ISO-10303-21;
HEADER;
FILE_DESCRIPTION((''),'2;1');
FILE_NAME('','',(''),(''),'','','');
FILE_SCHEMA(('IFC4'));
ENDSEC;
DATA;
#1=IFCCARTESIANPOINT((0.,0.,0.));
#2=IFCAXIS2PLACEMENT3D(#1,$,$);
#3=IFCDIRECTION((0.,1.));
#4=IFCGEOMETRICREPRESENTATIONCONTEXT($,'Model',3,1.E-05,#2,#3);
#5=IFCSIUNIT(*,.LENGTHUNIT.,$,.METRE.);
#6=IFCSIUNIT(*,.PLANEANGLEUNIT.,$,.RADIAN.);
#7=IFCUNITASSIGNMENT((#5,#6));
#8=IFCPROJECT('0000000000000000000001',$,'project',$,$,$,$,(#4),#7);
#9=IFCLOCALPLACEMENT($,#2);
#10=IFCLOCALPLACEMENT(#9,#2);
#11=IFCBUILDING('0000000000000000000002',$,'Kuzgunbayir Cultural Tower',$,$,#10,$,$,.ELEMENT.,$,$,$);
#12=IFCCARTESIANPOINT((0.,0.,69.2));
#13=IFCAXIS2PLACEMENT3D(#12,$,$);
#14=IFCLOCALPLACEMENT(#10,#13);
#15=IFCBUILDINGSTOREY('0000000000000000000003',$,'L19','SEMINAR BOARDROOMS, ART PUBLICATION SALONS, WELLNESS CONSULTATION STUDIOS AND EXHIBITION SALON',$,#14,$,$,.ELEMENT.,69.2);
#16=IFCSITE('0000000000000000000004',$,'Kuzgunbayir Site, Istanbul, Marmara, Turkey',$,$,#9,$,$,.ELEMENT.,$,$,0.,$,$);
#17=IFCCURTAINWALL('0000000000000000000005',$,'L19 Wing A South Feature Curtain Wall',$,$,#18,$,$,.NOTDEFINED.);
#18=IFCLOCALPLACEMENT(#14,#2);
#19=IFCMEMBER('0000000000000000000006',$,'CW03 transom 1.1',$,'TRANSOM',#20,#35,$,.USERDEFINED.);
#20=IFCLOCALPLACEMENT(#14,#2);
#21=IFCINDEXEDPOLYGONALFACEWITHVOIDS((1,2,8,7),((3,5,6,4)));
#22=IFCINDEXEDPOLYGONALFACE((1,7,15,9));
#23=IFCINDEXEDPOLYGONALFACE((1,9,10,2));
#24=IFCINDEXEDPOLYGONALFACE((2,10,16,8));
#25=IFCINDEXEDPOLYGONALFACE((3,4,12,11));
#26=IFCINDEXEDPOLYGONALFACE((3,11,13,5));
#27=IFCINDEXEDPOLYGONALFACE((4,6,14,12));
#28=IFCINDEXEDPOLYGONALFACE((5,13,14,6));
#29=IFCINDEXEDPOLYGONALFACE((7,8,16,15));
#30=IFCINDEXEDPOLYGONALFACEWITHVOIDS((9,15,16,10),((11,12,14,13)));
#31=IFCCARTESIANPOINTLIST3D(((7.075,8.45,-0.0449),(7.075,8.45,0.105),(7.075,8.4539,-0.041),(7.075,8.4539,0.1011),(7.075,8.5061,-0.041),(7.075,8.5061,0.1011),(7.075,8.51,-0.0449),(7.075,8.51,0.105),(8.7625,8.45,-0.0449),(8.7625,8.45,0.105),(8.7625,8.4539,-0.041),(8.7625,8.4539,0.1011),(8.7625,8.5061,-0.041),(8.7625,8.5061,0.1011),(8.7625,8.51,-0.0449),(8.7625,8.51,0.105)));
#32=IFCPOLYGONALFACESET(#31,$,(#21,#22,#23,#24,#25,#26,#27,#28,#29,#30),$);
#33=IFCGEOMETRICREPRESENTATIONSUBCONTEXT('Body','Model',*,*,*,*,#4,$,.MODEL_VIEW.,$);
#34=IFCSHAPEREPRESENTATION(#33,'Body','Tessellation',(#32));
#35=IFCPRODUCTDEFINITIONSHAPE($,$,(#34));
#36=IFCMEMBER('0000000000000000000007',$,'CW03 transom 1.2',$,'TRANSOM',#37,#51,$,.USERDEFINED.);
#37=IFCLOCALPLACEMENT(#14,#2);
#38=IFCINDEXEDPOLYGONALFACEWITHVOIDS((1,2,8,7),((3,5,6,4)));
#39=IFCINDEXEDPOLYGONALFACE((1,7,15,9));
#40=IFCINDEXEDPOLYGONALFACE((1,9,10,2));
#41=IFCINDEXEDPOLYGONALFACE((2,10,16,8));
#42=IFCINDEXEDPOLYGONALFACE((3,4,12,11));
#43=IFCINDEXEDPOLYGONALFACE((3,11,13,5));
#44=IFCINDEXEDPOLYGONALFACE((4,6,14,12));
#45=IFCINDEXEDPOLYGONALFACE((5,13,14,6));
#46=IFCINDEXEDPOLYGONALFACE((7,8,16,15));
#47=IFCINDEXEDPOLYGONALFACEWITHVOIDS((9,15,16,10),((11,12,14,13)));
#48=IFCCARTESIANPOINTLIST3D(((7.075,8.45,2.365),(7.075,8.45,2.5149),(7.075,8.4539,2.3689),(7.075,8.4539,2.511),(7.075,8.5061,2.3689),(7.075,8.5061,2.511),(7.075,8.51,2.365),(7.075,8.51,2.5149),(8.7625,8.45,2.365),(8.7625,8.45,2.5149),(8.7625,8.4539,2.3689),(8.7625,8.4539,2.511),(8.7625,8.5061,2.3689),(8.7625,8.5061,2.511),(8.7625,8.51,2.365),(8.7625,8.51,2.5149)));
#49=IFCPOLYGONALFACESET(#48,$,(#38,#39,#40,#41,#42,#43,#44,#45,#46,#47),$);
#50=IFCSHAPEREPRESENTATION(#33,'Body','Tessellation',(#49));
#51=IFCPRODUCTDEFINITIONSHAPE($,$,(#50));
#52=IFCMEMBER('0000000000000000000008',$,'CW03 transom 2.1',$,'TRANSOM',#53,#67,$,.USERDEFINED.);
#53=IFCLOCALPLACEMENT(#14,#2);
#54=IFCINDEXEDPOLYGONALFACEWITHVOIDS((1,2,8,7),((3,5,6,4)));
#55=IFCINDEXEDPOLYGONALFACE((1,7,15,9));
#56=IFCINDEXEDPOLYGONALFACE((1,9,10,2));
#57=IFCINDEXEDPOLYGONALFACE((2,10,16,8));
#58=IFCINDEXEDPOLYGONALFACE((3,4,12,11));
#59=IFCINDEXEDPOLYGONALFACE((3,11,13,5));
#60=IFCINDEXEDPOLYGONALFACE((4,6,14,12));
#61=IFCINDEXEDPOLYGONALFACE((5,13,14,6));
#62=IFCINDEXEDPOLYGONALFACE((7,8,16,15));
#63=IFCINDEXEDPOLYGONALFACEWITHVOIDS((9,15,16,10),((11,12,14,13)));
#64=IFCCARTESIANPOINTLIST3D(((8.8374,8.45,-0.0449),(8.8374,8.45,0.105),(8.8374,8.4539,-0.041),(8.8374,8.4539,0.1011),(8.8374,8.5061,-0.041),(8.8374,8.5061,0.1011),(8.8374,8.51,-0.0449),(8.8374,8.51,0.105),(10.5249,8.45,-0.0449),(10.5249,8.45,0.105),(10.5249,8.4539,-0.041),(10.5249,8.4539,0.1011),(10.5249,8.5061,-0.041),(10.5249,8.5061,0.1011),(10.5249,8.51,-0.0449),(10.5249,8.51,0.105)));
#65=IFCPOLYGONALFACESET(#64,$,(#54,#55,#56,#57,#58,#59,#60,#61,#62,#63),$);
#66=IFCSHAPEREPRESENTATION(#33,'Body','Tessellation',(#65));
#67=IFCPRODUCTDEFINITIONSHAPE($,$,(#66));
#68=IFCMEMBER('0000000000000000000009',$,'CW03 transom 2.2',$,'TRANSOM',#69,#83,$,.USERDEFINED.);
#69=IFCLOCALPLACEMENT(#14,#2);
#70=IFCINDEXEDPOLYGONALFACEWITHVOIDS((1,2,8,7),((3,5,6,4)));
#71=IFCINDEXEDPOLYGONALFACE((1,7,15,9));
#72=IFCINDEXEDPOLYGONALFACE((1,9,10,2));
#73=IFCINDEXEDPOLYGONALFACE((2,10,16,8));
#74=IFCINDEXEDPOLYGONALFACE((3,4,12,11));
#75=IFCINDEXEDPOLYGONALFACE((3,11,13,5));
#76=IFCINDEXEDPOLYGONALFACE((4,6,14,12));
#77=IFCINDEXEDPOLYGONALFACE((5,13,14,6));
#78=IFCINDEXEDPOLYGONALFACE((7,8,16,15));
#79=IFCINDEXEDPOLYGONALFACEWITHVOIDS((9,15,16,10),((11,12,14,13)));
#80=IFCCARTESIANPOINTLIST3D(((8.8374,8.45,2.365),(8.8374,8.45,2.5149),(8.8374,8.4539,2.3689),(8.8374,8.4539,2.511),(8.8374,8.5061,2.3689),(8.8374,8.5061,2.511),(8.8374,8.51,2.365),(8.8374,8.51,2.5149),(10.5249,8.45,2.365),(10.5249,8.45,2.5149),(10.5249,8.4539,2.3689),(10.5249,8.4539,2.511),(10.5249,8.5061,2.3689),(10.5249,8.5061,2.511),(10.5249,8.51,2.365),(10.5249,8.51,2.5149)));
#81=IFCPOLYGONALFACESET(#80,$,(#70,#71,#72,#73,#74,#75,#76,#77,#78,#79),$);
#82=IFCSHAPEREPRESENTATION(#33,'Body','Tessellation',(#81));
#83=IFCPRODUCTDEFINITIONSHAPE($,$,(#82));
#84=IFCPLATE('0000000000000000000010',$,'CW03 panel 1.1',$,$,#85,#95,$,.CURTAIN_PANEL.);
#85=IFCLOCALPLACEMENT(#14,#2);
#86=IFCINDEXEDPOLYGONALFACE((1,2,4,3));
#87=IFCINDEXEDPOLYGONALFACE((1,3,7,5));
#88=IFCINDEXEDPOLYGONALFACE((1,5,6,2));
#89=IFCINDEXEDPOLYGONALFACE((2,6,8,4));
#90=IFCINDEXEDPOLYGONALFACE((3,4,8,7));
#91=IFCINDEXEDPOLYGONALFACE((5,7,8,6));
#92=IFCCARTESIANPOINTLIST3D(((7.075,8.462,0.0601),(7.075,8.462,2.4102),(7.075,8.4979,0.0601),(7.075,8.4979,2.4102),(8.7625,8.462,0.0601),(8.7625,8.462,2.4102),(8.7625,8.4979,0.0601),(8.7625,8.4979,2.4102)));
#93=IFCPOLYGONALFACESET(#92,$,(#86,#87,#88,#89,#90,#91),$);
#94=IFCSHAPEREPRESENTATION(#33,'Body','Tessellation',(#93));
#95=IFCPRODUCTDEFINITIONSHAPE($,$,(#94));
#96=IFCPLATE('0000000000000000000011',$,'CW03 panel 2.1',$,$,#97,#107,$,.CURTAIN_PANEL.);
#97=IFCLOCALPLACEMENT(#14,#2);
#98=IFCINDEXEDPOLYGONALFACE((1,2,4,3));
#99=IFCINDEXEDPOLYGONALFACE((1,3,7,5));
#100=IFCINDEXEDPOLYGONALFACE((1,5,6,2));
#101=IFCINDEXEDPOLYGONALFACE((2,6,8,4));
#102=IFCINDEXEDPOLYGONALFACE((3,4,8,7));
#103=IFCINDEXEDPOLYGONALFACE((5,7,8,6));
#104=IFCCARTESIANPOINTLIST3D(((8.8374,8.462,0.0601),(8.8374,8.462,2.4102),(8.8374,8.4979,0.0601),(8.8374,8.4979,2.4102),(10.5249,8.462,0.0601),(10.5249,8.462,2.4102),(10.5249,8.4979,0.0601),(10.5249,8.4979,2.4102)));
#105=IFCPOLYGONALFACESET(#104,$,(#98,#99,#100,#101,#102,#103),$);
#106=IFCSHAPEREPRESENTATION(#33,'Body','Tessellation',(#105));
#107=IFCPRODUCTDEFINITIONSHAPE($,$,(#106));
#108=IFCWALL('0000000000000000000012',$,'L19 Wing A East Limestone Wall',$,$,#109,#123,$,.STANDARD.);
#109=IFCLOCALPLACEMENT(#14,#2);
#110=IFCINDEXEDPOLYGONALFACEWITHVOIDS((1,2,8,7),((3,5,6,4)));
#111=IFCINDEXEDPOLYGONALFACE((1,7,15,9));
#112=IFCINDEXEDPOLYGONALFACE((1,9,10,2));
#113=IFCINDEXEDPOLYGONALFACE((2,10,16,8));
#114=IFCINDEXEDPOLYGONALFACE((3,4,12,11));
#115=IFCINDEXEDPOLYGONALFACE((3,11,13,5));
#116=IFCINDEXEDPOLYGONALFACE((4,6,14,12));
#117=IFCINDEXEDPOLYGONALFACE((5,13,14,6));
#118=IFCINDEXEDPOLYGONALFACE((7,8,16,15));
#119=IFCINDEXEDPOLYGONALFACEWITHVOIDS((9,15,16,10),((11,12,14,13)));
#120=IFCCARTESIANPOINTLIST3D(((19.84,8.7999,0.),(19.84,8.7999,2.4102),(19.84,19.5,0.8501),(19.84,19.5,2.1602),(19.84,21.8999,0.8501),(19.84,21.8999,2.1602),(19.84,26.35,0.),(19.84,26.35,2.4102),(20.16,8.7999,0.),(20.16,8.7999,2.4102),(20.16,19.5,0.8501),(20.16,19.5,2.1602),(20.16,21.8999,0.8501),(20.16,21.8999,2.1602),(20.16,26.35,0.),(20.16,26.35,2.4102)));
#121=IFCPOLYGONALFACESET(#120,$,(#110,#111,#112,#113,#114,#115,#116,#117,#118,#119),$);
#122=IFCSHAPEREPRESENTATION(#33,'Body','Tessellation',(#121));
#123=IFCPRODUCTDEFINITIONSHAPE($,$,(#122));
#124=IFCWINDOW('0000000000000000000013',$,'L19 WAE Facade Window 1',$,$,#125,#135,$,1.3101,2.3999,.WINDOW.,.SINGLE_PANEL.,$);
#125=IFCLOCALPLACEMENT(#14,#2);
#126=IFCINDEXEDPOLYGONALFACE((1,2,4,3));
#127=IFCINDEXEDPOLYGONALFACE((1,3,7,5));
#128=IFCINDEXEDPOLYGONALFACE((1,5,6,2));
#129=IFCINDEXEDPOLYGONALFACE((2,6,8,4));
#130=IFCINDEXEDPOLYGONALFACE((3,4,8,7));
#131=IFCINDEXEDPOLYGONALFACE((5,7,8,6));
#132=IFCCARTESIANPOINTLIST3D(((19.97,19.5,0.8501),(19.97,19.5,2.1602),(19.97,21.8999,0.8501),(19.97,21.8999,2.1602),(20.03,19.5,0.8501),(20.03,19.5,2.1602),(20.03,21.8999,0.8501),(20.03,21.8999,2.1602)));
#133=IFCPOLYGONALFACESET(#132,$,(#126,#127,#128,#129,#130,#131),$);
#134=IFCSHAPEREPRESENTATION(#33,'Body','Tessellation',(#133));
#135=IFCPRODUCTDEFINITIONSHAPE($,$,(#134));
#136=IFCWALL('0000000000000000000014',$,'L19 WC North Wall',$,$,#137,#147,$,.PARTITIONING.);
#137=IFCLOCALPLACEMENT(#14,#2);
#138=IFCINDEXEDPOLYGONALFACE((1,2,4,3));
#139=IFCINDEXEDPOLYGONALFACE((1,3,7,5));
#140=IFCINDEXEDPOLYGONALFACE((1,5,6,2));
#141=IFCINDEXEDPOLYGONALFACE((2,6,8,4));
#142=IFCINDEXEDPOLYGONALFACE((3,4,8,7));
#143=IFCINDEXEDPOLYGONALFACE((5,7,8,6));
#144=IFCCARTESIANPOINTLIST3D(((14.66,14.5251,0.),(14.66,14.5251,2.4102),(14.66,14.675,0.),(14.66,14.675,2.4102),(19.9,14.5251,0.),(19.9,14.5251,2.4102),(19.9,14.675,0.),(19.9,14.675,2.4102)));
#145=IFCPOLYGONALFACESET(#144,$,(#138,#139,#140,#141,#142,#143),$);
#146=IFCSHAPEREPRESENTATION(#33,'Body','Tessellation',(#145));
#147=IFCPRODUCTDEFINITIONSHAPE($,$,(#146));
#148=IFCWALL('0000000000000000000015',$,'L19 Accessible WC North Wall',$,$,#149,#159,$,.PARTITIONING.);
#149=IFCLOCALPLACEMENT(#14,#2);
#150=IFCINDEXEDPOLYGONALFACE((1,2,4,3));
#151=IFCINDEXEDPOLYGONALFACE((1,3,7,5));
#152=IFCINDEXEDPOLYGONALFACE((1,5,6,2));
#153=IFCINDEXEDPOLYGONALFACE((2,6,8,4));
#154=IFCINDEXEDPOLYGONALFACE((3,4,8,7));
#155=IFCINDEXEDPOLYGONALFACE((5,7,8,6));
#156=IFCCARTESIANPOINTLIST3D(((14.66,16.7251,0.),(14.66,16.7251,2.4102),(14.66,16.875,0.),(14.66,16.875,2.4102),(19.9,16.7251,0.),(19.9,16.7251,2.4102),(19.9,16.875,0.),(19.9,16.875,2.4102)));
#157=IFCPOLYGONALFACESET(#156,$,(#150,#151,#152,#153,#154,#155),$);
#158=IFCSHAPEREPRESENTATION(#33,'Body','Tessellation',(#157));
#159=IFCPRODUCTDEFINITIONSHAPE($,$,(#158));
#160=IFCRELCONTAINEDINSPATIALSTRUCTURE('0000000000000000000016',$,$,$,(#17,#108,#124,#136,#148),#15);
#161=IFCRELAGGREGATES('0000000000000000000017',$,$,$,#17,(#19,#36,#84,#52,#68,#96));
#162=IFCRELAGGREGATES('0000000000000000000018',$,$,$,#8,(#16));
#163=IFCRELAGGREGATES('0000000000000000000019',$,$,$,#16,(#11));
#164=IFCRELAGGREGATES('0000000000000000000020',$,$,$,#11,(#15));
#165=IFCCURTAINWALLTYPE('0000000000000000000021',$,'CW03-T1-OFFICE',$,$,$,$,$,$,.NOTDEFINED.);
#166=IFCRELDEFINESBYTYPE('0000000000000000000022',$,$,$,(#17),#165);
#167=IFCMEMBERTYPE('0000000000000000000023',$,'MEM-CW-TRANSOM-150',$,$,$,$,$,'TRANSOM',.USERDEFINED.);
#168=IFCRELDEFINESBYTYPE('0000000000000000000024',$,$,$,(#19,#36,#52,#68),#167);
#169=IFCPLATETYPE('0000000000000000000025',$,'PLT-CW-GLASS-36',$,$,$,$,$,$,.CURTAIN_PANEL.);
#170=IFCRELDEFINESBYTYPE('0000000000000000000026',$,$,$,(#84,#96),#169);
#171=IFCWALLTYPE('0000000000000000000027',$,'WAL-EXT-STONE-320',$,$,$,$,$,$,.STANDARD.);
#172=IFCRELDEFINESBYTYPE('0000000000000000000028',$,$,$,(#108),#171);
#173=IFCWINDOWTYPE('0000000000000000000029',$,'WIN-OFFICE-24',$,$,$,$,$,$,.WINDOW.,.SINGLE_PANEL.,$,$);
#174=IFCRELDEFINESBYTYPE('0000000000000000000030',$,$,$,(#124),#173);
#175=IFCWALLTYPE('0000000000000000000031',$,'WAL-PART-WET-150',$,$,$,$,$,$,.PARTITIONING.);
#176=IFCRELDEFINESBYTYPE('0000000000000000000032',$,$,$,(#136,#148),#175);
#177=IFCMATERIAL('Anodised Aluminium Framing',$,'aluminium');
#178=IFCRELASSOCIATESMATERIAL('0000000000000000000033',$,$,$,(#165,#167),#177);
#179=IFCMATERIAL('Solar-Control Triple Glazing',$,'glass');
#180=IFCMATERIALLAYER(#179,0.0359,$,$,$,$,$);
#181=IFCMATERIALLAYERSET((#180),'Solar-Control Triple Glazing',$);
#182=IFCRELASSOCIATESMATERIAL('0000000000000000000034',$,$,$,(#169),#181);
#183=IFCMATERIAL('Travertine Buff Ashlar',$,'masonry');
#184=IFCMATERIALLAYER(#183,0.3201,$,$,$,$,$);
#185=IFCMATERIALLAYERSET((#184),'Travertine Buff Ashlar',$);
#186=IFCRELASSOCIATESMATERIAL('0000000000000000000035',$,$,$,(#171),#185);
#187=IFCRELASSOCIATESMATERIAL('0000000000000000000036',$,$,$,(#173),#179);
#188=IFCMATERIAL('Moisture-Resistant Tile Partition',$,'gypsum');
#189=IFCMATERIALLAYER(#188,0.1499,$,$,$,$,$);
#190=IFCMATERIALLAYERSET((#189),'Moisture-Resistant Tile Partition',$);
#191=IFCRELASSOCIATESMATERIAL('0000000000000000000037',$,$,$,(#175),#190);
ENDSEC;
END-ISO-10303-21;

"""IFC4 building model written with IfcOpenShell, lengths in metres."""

from ifc_helpers import new_model, si_unit, direction, frame, frame_2d, origin, origin_2d, place, context, subcontext, project, spatial, rectangle, hollow_rectangle, extrude, material, layer, layer_set, material_profile, profile_set, type_object, element, fill, aggregate, save


model = new_model("IFC4")

# Units and contexts
model_context = context("Model", 3, precision=1e-05, world=origin(), true_north=direction((0.0, 1.0)))
body_context = subcontext(model_context, "Body", "Model", "MODEL_VIEW")
ifc_project = project(units=[si_unit("LENGTHUNIT", "METRE"), si_unit("PLANEANGLEUNIT", "RADIAN")], contexts=[model_context])

# Site, building, storey
site_placement = place(None, origin())
site = spatial("IfcSite", under=ifc_project, at=site_placement, Name="Kuzgunbayir Site, Istanbul, Marmara, Turkey", CompositionType="ELEMENT", RefElevation=0.0)
building_placement = place(site_placement, origin())
building = spatial("IfcBuilding", under=site, at=building_placement, Name="Kuzgunbayir Cultural Tower", CompositionType="ELEMENT")
storey_placement = place(building_placement, frame((0.0, 0.0, 69.2)))
storey = spatial("IfcBuildingStorey", under=building, at=storey_placement, Name="L19", Description="SEMINAR BOARDROOMS, ART PUBLICATION SALONS, WELLNESS CONSULTATION STUDIOS AND EXHIBITION SALON", CompositionType="ELEMENT", Elevation=69.2)

# Curtain wall, members, plates
ifc_material_1 = material(Name="Anodised Aluminium Framing", Category="aluminium")
curtain_wall_type = type_object("IfcCurtainWallType", Name="CW03-T1-OFFICE", PredefinedType="NOTDEFINED", material=ifc_material_1)
curtain_wall_placement = place(storey_placement, origin())
curtain_wall = element("IfcCurtainWall", 1, at=curtain_wall_placement, inside=storey, type_object=curtain_wall_type, Name="L19 Wing A South Feature Curtain Wall", PredefinedType="NOTDEFINED")
ifc_material_profile_1 = material_profile(ifc_material_1, hollow_rectangle(XDim=0.0601, YDim=0.1499, WallThickness=0.0039, at=origin_2d()), Name="RHS 150x60x4")
ifc_profile_set_1 = profile_set([ifc_material_profile_1], Name="Anodised Aluminium Framing")
member_type_1 = type_object("IfcMemberType", Name="MEM-CW-TRANSOM-150", ElementType="TRANSOM", PredefinedType="USERDEFINED", material=ifc_profile_set_1)
member_1_placement = place(storey_placement, frame((7.075, 8.48, 0.03), z_axis=(1.0, 0.0, 0.0), x_axis=(0.0, 1.0, 0.0)))
member_1 = element("IfcMember", 2, at=member_1_placement, type_object=member_type_1, Name="CW03 transom 1.1", ObjectType="TRANSOM", PredefinedType="USERDEFINED", context=body_context, shape_type="SweptSolid", body=[
    extrude(hollow_rectangle(XDim=0.0601, YDim=0.1499, WallThickness=0.0039, at=origin_2d()), origin(), (0.0, 0.0, 1.0), 1.6875),
])
member_2_placement = place(storey_placement, frame((7.075, 8.48, 2.4399), z_axis=(1.0, 0.0, 0.0), x_axis=(0.0, 1.0, 0.0)))
member_2 = element("IfcMember", 3, at=member_2_placement, type_object=member_type_1, Name="CW03 transom 1.2", ObjectType="TRANSOM", PredefinedType="USERDEFINED", context=body_context, shape_type="SweptSolid", body=[
    extrude(hollow_rectangle(XDim=0.0601, YDim=0.1499, WallThickness=0.0039, at=origin_2d()), origin(), (0.0, 0.0, 1.0), 1.6875),
])
member_3_placement = place(storey_placement, frame((8.8374, 8.48, 0.03), z_axis=(1.0, 0.0, 0.0), x_axis=(0.0, 1.0, 0.0)))
member_3 = element("IfcMember", 4, at=member_3_placement, type_object=member_type_1, Name="CW03 transom 2.1", ObjectType="TRANSOM", PredefinedType="USERDEFINED", context=body_context, shape_type="SweptSolid", body=[
    extrude(hollow_rectangle(XDim=0.0601, YDim=0.1499, WallThickness=0.0039, at=origin_2d()), origin(), (0.0, 0.0, 1.0), 1.6875),
])
member_4_placement = place(storey_placement, frame((8.8374, 8.48, 2.4399), z_axis=(1.0, 0.0, 0.0), x_axis=(0.0, 1.0, 0.0)))
member_4 = element("IfcMember", 5, at=member_4_placement, type_object=member_type_1, Name="CW03 transom 2.2", ObjectType="TRANSOM", PredefinedType="USERDEFINED", context=body_context, shape_type="SweptSolid", body=[
    extrude(hollow_rectangle(XDim=0.0601, YDim=0.1499, WallThickness=0.0039, at=origin_2d()), origin(), (0.0, 0.0, 1.0), 1.6875),
])
ifc_material_2 = material(Name="Solar-Control Triple Glazing", Category="glass")
ifc_layer_1 = layer(ifc_material_2, 0.0359)
ifc_layer_set_1 = layer_set([ifc_layer_1], Name="Solar-Control Triple Glazing")
plate_type = type_object("IfcPlateType", Name="PLT-CW-GLASS-36", PredefinedType="CURTAIN_PANEL", material=ifc_layer_set_1)
plate_1_placement = place(storey_placement, frame((7.9187, 8.48, 0.0601), z_axis=(0.0, 0.0, 1.0), x_axis=(1.0, 0.0, 0.0)))
plate_1 = element("IfcPlate", 6, at=plate_1_placement, type_object=plate_type, Name="CW03 panel 1.1", PredefinedType="CURTAIN_PANEL", context=body_context, shape_type="SweptSolid", body=[
    extrude(rectangle(XDim=1.6875, YDim=0.0359, at=origin_2d()), origin(), (0.0, 0.0, 1.0), 2.3501),
])
plate_2_placement = place(storey_placement, frame((9.6812, 8.48, 0.0601), z_axis=(0.0, 0.0, 1.0), x_axis=(1.0, 0.0, 0.0)))
plate_2 = element("IfcPlate", 7, at=plate_2_placement, type_object=plate_type, Name="CW03 panel 2.1", PredefinedType="CURTAIN_PANEL", context=body_context, shape_type="SweptSolid", body=[
    extrude(rectangle(XDim=1.6875, YDim=0.0359, at=origin_2d()), origin(), (0.0, 0.0, 1.0), 2.3501),
])
aggregate(curtain_wall, [member_1, member_2, plate_1, member_3, member_4, plate_2])

# Wall, opening, window
ifc_material_3 = material(Name="Travertine Buff Ashlar", Category="masonry")
ifc_layer_2 = layer(ifc_material_3, 0.3201)
ifc_layer_set_2 = layer_set([ifc_layer_2], Name="Travertine Buff Ashlar")
wall_type_1 = type_object("IfcWallType", Name="WAL-EXT-STONE-320", PredefinedType="STANDARD", material=ifc_layer_set_2)
wall_1_placement = place(storey_placement, frame((20.0, 8.8, 0.0), z_axis=(0.0, 0.0, 1.0), x_axis=(0.0, 1.0, 0.0)))
wall_1 = element("IfcWall", 8, at=wall_1_placement, inside=storey, type_object=wall_type_1, Name="L19 Wing A East Limestone Wall", PredefinedType="STANDARD", context=body_context, shape_type="SweptSolid", body=[
    extrude(rectangle(XDim=17.55, YDim=0.3201, at=frame_2d((8.7749, 0.0))), origin(), (0.0, 0.0, 1.0), 2.4102),
])
opening_1_placement = place(wall_1_placement, frame((10.7, 0.0, 0.8501)))
opening_1 = element("IfcOpeningElement", 9, at=opening_1_placement, cuts=wall_1, PredefinedType="OPENING", context=body_context, shape_type="SweptSolid", body=[
    extrude(rectangle(XDim=2.3999, YDim=1.3101, at=frame_2d((1.2, 0.655))), frame((0.0, 0.1699, 0.0), z_axis=(0.0, -1.0, 0.0), x_axis=(1.0, 0.0, 0.0)), (0.0, 0.0, 1.0), 0.3401),
])
window_type = type_object("IfcWindowType", Name="WIN-OFFICE-24", PartitioningType="SINGLE_PANEL", PredefinedType="WINDOW", material=ifc_material_2)
window_placement = place(opening_1_placement, origin())
window = element("IfcWindow", 10, at=window_placement, inside=storey, type_object=window_type, Name="L19 WAE Facade Window 1", OverallHeight=1.3101, OverallWidth=2.3999, PartitioningType="SINGLE_PANEL", PredefinedType="WINDOW", context=body_context, shape_type="SweptSolid", body=[
    extrude(rectangle(XDim=2.3999, YDim=1.3101, at=frame_2d((1.2, 0.655))), frame((0.0, 0.03, 0.0), z_axis=(0.0, -1.0, 0.0), x_axis=(1.0, 0.0, 0.0)), (0.0, 0.0, 1.0), 0.0601),
])
fill(opening_1, window)

# Walls
ifc_material_4 = material(Name="Moisture-Resistant Tile Partition", Category="gypsum")
ifc_layer_3 = layer(ifc_material_4, 0.1499)
ifc_layer_set_3 = layer_set([ifc_layer_3], Name="Moisture-Resistant Tile Partition")
wall_type_2 = type_object("IfcWallType", Name="WAL-PART-WET-150", PredefinedType="PARTITIONING", material=ifc_layer_set_3)
for number, where, z_axis, x_axis, name in (
    (11, (14.6599, 14.6001, 0.0), (0.0, 0.0, 1.0), (1.0, 0.0, 0.0), "L19 WC North Wall"),
    (12, (14.6599, 16.8, 0.0), (0.0, 0.0, 1.0), (1.0, 0.0, 0.0), "L19 Accessible WC North Wall"),
):
    element("IfcWall", number, at=place(storey_placement, frame(where, z_axis=z_axis, x_axis=x_axis)), inside=storey, type_object=wall_type_2, Name=name, PredefinedType="PARTITIONING", context=body_context, shape_type="SweptSolid", body=[
        extrude(rectangle(XDim=5.24, YDim=0.1499, at=frame_2d((2.6201, 0.0))), origin(), (0.0, 0.0, 1.0), 2.4102),
    ])

save(model, "model.ifc")
